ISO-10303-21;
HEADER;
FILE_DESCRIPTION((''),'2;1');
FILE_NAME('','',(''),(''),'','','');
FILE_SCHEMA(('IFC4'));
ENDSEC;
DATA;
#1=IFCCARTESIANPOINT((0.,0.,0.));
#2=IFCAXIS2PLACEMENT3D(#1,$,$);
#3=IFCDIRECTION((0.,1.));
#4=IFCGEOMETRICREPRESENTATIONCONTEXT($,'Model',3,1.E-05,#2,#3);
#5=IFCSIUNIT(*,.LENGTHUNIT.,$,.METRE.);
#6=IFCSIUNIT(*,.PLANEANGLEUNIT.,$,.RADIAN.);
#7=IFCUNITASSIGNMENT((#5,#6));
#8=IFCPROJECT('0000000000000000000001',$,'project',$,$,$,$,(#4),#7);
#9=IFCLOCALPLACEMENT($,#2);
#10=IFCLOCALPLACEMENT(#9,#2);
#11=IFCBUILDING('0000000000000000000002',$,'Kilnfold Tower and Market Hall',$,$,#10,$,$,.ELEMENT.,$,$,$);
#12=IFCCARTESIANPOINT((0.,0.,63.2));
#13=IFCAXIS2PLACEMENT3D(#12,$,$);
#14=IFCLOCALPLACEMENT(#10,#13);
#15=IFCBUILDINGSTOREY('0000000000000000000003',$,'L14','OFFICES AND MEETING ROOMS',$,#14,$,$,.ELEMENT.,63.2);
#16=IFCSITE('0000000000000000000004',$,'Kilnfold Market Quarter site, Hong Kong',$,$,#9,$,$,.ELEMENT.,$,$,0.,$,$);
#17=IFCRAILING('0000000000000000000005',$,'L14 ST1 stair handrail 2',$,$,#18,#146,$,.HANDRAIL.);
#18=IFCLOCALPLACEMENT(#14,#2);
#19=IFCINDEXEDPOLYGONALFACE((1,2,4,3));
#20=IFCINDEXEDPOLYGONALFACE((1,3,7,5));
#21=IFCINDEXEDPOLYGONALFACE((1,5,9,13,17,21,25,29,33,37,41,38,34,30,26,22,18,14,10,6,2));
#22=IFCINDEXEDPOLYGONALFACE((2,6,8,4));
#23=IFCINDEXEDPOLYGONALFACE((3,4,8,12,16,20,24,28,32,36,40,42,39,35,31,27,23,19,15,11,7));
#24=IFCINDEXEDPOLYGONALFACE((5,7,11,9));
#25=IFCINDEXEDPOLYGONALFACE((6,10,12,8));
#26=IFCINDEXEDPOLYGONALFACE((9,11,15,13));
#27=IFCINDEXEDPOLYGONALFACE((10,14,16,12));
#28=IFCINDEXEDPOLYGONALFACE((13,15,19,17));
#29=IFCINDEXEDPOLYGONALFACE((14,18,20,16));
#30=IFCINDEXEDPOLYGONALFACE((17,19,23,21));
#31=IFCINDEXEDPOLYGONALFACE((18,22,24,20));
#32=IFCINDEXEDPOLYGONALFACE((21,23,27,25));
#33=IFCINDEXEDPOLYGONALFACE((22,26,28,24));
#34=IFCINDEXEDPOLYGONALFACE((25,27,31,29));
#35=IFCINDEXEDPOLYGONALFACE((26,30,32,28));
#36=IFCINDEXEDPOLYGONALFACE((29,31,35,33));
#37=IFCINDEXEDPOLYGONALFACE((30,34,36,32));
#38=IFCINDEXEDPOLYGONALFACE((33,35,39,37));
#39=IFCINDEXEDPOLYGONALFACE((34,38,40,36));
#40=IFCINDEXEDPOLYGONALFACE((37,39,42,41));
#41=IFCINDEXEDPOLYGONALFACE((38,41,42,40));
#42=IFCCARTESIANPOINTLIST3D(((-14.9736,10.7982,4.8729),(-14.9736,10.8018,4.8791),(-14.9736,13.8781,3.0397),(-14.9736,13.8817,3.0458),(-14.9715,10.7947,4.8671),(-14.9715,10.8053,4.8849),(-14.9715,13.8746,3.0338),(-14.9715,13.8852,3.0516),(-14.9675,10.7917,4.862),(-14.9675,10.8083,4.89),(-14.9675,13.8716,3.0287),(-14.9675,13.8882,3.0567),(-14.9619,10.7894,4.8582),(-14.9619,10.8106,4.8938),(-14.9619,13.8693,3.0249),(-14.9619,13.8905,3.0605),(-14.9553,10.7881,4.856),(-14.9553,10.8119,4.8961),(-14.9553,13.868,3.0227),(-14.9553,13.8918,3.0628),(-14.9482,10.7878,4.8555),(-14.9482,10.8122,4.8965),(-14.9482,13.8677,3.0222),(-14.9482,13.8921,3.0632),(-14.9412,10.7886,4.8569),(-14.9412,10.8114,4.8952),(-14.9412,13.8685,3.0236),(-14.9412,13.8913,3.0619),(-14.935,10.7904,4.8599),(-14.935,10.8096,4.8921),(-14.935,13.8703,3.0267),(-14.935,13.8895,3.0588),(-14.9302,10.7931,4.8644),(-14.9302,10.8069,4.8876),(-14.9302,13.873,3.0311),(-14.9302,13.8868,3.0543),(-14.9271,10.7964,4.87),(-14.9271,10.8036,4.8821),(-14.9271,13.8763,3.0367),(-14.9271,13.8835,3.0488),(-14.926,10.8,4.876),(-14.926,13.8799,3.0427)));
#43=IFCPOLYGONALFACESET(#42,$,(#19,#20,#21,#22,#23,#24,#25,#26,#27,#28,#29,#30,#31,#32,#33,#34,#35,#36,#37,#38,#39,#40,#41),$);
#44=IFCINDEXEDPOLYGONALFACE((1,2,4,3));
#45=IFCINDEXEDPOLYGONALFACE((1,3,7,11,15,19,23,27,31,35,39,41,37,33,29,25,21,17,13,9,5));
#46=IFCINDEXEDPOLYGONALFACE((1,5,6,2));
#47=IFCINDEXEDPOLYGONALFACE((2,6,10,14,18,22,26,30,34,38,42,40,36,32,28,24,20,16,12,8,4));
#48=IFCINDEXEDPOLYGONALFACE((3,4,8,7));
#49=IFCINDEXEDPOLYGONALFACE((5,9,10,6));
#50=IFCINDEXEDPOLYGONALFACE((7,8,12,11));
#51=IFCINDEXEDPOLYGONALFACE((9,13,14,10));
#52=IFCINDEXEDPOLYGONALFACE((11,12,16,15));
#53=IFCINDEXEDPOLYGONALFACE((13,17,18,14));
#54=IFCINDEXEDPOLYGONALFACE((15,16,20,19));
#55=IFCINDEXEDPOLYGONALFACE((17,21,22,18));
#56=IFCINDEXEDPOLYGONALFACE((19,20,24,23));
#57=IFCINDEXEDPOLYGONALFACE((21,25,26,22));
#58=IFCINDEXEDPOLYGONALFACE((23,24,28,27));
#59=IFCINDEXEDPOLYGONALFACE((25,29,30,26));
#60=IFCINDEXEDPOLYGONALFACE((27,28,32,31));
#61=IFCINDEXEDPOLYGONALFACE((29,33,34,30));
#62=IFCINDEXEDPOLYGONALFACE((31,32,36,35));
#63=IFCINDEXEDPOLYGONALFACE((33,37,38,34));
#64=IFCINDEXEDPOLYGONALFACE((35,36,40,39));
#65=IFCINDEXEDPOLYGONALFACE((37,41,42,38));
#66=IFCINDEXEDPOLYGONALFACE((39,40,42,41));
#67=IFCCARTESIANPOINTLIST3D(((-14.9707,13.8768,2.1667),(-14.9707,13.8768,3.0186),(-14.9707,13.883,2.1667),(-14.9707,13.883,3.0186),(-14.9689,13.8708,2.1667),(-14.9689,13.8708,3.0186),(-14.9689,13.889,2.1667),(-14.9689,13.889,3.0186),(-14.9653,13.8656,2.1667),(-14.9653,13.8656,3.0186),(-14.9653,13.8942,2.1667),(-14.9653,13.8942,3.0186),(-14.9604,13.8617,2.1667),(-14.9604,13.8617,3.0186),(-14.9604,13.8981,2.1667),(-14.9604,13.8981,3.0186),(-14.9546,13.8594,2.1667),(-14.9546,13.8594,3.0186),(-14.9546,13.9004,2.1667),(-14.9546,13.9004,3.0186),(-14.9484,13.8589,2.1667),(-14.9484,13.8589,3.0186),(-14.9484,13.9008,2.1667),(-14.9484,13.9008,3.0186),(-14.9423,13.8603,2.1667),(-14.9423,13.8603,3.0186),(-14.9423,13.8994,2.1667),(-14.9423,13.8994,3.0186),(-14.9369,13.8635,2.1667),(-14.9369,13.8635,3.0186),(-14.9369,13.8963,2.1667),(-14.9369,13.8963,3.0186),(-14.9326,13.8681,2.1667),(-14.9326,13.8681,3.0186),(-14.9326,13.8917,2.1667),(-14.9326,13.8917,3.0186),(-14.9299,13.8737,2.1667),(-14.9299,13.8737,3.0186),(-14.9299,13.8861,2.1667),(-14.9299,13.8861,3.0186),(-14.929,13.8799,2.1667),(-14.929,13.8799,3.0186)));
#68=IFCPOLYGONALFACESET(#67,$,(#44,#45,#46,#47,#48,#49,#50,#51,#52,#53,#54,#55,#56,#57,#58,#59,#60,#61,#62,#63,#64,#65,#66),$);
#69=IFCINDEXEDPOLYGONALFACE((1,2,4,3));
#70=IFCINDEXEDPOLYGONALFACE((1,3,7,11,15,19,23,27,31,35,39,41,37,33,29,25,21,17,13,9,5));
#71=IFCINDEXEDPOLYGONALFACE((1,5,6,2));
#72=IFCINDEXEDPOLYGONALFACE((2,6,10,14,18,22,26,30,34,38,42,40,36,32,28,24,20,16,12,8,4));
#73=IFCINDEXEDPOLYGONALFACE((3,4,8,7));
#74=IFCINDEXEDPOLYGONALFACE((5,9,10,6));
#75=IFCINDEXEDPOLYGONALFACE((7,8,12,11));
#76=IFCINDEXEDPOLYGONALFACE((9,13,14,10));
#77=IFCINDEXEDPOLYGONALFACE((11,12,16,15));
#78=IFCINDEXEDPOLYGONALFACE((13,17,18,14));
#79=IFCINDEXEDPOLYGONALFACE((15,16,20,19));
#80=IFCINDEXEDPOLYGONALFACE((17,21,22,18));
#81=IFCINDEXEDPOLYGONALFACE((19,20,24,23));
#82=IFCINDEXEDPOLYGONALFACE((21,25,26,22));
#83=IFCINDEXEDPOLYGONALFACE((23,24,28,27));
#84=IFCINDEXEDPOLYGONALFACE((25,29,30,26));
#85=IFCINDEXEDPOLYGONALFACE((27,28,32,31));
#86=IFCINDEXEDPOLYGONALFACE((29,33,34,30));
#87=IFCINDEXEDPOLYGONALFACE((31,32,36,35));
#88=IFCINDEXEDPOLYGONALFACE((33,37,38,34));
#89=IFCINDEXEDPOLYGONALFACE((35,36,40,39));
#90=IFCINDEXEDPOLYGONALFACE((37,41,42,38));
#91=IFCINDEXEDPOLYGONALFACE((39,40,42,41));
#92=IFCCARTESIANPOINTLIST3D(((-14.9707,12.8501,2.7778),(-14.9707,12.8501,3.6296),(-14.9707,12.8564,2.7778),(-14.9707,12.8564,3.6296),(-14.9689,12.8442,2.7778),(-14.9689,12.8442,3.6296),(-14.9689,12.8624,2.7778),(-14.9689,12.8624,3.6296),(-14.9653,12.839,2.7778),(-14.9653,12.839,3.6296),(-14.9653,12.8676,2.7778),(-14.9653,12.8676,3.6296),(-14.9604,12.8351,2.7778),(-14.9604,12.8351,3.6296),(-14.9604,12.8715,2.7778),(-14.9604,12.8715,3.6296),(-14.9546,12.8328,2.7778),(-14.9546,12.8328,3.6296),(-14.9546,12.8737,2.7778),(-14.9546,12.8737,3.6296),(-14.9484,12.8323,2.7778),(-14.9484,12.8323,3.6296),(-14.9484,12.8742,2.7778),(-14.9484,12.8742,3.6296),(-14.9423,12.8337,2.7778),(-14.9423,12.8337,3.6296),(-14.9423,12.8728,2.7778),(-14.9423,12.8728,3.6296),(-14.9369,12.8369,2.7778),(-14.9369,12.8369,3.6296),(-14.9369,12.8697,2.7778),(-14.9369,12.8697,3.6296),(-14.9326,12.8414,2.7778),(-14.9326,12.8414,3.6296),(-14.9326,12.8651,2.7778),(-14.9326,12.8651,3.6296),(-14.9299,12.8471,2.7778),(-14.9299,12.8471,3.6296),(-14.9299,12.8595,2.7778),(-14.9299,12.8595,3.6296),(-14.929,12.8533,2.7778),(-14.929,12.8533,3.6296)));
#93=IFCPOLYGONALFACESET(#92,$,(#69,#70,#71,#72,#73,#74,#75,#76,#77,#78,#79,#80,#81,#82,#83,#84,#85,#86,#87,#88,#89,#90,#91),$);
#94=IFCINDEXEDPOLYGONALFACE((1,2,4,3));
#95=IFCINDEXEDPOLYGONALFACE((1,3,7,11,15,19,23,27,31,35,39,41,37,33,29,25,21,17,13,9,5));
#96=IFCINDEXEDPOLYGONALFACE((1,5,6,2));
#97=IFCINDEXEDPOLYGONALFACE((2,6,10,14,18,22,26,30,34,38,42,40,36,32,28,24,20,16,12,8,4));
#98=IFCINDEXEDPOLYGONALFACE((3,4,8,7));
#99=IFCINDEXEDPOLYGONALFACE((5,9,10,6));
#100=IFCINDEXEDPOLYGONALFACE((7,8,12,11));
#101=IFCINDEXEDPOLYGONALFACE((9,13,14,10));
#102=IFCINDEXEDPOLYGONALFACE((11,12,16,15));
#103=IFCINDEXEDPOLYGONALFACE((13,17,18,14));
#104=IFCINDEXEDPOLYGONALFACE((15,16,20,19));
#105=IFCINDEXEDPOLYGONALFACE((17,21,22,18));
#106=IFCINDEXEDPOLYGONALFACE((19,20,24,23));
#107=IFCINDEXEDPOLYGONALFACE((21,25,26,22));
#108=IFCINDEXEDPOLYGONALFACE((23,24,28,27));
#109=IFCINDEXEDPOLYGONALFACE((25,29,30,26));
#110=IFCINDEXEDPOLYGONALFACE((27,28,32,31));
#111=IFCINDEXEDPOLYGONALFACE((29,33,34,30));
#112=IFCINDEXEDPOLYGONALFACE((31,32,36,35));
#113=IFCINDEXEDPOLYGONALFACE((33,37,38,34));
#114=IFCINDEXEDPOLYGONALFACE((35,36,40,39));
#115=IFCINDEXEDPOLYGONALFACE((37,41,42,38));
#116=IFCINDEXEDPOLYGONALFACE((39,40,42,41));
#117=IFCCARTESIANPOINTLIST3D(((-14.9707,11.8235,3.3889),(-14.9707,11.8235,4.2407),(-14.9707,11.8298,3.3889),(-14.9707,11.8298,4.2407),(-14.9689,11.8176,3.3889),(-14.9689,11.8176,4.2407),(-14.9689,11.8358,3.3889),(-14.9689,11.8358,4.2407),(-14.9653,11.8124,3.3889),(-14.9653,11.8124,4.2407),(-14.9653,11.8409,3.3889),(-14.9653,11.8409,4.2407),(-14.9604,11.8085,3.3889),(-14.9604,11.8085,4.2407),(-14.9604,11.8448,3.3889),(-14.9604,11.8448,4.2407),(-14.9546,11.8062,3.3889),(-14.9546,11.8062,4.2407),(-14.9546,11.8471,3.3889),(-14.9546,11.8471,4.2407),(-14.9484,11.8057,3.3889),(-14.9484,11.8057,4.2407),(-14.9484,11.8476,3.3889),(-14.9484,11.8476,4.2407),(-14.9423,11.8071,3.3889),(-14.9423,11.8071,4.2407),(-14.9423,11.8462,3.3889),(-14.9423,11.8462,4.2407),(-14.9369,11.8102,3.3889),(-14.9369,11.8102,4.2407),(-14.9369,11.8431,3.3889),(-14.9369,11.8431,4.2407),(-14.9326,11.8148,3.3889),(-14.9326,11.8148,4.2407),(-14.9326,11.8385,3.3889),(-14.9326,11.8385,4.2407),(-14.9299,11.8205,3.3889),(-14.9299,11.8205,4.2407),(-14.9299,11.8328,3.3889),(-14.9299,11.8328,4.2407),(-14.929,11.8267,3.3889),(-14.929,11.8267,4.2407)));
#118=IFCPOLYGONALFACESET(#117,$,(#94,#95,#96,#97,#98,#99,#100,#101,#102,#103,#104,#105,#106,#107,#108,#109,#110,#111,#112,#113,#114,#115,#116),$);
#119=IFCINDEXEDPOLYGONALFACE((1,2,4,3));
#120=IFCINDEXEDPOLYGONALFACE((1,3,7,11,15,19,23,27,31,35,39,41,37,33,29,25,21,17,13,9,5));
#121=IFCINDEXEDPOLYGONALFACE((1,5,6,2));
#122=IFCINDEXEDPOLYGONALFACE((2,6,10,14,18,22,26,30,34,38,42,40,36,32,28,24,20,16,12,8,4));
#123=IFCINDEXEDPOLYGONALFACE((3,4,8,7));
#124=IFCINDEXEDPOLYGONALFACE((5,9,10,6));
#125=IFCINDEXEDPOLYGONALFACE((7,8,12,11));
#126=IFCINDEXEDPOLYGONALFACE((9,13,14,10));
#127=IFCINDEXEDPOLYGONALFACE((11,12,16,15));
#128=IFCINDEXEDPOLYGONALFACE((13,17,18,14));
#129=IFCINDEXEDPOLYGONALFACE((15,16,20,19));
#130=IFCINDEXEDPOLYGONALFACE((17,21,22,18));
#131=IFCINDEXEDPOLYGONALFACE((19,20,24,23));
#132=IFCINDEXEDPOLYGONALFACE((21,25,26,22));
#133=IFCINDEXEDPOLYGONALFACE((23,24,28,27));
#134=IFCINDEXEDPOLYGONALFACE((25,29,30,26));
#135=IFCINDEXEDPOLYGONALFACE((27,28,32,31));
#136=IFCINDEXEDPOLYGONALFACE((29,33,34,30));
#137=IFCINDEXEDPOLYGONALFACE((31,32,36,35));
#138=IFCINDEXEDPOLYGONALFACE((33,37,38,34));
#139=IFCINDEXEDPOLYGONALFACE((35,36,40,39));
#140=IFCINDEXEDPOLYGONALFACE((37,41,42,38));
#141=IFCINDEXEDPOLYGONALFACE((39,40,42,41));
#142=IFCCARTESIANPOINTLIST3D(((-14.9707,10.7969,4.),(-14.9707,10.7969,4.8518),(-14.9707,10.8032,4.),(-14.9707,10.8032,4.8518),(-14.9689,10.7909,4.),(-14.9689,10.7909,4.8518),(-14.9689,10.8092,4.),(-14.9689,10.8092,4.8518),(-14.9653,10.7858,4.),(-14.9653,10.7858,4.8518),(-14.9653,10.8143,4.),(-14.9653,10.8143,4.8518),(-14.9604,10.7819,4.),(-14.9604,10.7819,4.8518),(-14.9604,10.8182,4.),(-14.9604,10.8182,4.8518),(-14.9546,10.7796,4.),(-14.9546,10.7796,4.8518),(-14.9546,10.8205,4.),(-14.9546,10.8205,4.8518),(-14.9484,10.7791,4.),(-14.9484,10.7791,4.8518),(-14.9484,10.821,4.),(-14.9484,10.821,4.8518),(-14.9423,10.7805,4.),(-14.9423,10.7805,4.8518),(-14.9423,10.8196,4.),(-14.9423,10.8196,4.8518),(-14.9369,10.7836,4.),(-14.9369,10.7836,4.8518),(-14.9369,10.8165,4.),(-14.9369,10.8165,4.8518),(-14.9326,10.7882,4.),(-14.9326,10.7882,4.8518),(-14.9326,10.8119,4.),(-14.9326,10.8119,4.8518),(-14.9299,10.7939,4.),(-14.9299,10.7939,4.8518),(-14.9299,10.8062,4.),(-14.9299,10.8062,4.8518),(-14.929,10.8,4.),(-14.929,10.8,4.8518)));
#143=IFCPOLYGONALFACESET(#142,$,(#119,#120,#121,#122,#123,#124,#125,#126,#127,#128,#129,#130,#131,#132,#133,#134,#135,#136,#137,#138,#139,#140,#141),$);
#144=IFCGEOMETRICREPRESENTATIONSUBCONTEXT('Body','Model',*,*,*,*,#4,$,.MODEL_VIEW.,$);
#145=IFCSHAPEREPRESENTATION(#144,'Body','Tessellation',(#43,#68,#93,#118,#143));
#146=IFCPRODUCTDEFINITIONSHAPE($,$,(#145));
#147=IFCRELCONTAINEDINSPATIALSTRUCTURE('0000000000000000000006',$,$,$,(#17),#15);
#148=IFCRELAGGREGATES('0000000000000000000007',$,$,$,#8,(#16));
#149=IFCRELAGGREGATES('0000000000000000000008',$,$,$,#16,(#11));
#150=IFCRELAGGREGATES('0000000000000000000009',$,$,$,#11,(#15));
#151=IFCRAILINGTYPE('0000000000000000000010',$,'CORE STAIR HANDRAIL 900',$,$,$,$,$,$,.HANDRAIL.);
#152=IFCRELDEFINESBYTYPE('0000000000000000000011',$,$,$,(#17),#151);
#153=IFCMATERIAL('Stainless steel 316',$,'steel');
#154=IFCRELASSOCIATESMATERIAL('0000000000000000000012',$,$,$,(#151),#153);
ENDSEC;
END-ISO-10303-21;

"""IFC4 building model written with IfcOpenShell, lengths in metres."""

from ifc_helpers import new_model, si_unit, direction, frame, origin, origin_2d, place, context, subcontext, project, spatial, circle, extrude, material, type_object, element, save


model = new_model("IFC4")

# Units and contexts
model_context = context("Model", 3, precision=1e-05, world=origin(), true_north=direction((0.0, 1.0)))
body_context = subcontext(model_context, "Body", "Model", "MODEL_VIEW")
ifc_project = project(units=[si_unit("LENGTHUNIT", "METRE"), si_unit("PLANEANGLEUNIT", "RADIAN")], contexts=[model_context])

# Site, building, storey
site_placement = place(None, origin())
site = spatial("IfcSite", under=ifc_project, at=site_placement, Name="Kilnfold Market Quarter site, Hong Kong", CompositionType="ELEMENT", RefElevation=0.0)
building_placement = place(site_placement, origin())
building = spatial("IfcBuilding", under=site, at=building_placement, Name="Kilnfold Tower and Market Hall", CompositionType="ELEMENT")
storey_placement = place(building_placement, frame((0.0, 0.0, 63.2)))
storey = spatial("IfcBuildingStorey", under=building, at=storey_placement, Name="L14", Description="OFFICES AND MEETING ROOMS", CompositionType="ELEMENT", Elevation=63.2)

# Railing
ifc_material_1 = material(Name="Stainless steel 316", Category="steel")
railing_type_1 = type_object("IfcRailingType", Name="CORE STAIR HANDRAIL 900", PredefinedType="HANDRAIL", material=ifc_material_1)
railing_1_placement = place(storey_placement, frame((-14.95, 13.8799, 2.1667)))
element("IfcRailing", 1, at=railing_1_placement, inside=storey, type_object=railing_type_1, Name="L14 ST1 stair handrail 2", PredefinedType="HANDRAIL", context=body_context, shape_type="SweptSolid", body=[
    extrude(circle(Radius=0.0239, at=origin_2d()), frame((0.0, 0.0, 0.876), z_axis=(0.0, -0.859291, 0.511487), x_axis=(1.0, 0.0, 0.0)), (0.0, 0.0, 1.0), 3.5842),
    extrude(circle(Radius=0.021, at=origin_2d()), origin(), (0.0, 0.0, 1.0), 0.8518),
    extrude(circle(Radius=0.021, at=origin_2d()), frame((0.0, -1.0266, 0.6111)), (0.0, 0.0, 1.0), 0.8518),
    extrude(circle(Radius=0.021, at=origin_2d()), frame((0.0, -2.0532, 1.2222)), (0.0, 0.0, 1.0), 0.8518),
    extrude(circle(Radius=0.021, at=origin_2d()), frame((0.0, -3.0798, 1.8333)), (0.0, 0.0, 1.0), 0.8518),
])

save(model, "model.ifc")
